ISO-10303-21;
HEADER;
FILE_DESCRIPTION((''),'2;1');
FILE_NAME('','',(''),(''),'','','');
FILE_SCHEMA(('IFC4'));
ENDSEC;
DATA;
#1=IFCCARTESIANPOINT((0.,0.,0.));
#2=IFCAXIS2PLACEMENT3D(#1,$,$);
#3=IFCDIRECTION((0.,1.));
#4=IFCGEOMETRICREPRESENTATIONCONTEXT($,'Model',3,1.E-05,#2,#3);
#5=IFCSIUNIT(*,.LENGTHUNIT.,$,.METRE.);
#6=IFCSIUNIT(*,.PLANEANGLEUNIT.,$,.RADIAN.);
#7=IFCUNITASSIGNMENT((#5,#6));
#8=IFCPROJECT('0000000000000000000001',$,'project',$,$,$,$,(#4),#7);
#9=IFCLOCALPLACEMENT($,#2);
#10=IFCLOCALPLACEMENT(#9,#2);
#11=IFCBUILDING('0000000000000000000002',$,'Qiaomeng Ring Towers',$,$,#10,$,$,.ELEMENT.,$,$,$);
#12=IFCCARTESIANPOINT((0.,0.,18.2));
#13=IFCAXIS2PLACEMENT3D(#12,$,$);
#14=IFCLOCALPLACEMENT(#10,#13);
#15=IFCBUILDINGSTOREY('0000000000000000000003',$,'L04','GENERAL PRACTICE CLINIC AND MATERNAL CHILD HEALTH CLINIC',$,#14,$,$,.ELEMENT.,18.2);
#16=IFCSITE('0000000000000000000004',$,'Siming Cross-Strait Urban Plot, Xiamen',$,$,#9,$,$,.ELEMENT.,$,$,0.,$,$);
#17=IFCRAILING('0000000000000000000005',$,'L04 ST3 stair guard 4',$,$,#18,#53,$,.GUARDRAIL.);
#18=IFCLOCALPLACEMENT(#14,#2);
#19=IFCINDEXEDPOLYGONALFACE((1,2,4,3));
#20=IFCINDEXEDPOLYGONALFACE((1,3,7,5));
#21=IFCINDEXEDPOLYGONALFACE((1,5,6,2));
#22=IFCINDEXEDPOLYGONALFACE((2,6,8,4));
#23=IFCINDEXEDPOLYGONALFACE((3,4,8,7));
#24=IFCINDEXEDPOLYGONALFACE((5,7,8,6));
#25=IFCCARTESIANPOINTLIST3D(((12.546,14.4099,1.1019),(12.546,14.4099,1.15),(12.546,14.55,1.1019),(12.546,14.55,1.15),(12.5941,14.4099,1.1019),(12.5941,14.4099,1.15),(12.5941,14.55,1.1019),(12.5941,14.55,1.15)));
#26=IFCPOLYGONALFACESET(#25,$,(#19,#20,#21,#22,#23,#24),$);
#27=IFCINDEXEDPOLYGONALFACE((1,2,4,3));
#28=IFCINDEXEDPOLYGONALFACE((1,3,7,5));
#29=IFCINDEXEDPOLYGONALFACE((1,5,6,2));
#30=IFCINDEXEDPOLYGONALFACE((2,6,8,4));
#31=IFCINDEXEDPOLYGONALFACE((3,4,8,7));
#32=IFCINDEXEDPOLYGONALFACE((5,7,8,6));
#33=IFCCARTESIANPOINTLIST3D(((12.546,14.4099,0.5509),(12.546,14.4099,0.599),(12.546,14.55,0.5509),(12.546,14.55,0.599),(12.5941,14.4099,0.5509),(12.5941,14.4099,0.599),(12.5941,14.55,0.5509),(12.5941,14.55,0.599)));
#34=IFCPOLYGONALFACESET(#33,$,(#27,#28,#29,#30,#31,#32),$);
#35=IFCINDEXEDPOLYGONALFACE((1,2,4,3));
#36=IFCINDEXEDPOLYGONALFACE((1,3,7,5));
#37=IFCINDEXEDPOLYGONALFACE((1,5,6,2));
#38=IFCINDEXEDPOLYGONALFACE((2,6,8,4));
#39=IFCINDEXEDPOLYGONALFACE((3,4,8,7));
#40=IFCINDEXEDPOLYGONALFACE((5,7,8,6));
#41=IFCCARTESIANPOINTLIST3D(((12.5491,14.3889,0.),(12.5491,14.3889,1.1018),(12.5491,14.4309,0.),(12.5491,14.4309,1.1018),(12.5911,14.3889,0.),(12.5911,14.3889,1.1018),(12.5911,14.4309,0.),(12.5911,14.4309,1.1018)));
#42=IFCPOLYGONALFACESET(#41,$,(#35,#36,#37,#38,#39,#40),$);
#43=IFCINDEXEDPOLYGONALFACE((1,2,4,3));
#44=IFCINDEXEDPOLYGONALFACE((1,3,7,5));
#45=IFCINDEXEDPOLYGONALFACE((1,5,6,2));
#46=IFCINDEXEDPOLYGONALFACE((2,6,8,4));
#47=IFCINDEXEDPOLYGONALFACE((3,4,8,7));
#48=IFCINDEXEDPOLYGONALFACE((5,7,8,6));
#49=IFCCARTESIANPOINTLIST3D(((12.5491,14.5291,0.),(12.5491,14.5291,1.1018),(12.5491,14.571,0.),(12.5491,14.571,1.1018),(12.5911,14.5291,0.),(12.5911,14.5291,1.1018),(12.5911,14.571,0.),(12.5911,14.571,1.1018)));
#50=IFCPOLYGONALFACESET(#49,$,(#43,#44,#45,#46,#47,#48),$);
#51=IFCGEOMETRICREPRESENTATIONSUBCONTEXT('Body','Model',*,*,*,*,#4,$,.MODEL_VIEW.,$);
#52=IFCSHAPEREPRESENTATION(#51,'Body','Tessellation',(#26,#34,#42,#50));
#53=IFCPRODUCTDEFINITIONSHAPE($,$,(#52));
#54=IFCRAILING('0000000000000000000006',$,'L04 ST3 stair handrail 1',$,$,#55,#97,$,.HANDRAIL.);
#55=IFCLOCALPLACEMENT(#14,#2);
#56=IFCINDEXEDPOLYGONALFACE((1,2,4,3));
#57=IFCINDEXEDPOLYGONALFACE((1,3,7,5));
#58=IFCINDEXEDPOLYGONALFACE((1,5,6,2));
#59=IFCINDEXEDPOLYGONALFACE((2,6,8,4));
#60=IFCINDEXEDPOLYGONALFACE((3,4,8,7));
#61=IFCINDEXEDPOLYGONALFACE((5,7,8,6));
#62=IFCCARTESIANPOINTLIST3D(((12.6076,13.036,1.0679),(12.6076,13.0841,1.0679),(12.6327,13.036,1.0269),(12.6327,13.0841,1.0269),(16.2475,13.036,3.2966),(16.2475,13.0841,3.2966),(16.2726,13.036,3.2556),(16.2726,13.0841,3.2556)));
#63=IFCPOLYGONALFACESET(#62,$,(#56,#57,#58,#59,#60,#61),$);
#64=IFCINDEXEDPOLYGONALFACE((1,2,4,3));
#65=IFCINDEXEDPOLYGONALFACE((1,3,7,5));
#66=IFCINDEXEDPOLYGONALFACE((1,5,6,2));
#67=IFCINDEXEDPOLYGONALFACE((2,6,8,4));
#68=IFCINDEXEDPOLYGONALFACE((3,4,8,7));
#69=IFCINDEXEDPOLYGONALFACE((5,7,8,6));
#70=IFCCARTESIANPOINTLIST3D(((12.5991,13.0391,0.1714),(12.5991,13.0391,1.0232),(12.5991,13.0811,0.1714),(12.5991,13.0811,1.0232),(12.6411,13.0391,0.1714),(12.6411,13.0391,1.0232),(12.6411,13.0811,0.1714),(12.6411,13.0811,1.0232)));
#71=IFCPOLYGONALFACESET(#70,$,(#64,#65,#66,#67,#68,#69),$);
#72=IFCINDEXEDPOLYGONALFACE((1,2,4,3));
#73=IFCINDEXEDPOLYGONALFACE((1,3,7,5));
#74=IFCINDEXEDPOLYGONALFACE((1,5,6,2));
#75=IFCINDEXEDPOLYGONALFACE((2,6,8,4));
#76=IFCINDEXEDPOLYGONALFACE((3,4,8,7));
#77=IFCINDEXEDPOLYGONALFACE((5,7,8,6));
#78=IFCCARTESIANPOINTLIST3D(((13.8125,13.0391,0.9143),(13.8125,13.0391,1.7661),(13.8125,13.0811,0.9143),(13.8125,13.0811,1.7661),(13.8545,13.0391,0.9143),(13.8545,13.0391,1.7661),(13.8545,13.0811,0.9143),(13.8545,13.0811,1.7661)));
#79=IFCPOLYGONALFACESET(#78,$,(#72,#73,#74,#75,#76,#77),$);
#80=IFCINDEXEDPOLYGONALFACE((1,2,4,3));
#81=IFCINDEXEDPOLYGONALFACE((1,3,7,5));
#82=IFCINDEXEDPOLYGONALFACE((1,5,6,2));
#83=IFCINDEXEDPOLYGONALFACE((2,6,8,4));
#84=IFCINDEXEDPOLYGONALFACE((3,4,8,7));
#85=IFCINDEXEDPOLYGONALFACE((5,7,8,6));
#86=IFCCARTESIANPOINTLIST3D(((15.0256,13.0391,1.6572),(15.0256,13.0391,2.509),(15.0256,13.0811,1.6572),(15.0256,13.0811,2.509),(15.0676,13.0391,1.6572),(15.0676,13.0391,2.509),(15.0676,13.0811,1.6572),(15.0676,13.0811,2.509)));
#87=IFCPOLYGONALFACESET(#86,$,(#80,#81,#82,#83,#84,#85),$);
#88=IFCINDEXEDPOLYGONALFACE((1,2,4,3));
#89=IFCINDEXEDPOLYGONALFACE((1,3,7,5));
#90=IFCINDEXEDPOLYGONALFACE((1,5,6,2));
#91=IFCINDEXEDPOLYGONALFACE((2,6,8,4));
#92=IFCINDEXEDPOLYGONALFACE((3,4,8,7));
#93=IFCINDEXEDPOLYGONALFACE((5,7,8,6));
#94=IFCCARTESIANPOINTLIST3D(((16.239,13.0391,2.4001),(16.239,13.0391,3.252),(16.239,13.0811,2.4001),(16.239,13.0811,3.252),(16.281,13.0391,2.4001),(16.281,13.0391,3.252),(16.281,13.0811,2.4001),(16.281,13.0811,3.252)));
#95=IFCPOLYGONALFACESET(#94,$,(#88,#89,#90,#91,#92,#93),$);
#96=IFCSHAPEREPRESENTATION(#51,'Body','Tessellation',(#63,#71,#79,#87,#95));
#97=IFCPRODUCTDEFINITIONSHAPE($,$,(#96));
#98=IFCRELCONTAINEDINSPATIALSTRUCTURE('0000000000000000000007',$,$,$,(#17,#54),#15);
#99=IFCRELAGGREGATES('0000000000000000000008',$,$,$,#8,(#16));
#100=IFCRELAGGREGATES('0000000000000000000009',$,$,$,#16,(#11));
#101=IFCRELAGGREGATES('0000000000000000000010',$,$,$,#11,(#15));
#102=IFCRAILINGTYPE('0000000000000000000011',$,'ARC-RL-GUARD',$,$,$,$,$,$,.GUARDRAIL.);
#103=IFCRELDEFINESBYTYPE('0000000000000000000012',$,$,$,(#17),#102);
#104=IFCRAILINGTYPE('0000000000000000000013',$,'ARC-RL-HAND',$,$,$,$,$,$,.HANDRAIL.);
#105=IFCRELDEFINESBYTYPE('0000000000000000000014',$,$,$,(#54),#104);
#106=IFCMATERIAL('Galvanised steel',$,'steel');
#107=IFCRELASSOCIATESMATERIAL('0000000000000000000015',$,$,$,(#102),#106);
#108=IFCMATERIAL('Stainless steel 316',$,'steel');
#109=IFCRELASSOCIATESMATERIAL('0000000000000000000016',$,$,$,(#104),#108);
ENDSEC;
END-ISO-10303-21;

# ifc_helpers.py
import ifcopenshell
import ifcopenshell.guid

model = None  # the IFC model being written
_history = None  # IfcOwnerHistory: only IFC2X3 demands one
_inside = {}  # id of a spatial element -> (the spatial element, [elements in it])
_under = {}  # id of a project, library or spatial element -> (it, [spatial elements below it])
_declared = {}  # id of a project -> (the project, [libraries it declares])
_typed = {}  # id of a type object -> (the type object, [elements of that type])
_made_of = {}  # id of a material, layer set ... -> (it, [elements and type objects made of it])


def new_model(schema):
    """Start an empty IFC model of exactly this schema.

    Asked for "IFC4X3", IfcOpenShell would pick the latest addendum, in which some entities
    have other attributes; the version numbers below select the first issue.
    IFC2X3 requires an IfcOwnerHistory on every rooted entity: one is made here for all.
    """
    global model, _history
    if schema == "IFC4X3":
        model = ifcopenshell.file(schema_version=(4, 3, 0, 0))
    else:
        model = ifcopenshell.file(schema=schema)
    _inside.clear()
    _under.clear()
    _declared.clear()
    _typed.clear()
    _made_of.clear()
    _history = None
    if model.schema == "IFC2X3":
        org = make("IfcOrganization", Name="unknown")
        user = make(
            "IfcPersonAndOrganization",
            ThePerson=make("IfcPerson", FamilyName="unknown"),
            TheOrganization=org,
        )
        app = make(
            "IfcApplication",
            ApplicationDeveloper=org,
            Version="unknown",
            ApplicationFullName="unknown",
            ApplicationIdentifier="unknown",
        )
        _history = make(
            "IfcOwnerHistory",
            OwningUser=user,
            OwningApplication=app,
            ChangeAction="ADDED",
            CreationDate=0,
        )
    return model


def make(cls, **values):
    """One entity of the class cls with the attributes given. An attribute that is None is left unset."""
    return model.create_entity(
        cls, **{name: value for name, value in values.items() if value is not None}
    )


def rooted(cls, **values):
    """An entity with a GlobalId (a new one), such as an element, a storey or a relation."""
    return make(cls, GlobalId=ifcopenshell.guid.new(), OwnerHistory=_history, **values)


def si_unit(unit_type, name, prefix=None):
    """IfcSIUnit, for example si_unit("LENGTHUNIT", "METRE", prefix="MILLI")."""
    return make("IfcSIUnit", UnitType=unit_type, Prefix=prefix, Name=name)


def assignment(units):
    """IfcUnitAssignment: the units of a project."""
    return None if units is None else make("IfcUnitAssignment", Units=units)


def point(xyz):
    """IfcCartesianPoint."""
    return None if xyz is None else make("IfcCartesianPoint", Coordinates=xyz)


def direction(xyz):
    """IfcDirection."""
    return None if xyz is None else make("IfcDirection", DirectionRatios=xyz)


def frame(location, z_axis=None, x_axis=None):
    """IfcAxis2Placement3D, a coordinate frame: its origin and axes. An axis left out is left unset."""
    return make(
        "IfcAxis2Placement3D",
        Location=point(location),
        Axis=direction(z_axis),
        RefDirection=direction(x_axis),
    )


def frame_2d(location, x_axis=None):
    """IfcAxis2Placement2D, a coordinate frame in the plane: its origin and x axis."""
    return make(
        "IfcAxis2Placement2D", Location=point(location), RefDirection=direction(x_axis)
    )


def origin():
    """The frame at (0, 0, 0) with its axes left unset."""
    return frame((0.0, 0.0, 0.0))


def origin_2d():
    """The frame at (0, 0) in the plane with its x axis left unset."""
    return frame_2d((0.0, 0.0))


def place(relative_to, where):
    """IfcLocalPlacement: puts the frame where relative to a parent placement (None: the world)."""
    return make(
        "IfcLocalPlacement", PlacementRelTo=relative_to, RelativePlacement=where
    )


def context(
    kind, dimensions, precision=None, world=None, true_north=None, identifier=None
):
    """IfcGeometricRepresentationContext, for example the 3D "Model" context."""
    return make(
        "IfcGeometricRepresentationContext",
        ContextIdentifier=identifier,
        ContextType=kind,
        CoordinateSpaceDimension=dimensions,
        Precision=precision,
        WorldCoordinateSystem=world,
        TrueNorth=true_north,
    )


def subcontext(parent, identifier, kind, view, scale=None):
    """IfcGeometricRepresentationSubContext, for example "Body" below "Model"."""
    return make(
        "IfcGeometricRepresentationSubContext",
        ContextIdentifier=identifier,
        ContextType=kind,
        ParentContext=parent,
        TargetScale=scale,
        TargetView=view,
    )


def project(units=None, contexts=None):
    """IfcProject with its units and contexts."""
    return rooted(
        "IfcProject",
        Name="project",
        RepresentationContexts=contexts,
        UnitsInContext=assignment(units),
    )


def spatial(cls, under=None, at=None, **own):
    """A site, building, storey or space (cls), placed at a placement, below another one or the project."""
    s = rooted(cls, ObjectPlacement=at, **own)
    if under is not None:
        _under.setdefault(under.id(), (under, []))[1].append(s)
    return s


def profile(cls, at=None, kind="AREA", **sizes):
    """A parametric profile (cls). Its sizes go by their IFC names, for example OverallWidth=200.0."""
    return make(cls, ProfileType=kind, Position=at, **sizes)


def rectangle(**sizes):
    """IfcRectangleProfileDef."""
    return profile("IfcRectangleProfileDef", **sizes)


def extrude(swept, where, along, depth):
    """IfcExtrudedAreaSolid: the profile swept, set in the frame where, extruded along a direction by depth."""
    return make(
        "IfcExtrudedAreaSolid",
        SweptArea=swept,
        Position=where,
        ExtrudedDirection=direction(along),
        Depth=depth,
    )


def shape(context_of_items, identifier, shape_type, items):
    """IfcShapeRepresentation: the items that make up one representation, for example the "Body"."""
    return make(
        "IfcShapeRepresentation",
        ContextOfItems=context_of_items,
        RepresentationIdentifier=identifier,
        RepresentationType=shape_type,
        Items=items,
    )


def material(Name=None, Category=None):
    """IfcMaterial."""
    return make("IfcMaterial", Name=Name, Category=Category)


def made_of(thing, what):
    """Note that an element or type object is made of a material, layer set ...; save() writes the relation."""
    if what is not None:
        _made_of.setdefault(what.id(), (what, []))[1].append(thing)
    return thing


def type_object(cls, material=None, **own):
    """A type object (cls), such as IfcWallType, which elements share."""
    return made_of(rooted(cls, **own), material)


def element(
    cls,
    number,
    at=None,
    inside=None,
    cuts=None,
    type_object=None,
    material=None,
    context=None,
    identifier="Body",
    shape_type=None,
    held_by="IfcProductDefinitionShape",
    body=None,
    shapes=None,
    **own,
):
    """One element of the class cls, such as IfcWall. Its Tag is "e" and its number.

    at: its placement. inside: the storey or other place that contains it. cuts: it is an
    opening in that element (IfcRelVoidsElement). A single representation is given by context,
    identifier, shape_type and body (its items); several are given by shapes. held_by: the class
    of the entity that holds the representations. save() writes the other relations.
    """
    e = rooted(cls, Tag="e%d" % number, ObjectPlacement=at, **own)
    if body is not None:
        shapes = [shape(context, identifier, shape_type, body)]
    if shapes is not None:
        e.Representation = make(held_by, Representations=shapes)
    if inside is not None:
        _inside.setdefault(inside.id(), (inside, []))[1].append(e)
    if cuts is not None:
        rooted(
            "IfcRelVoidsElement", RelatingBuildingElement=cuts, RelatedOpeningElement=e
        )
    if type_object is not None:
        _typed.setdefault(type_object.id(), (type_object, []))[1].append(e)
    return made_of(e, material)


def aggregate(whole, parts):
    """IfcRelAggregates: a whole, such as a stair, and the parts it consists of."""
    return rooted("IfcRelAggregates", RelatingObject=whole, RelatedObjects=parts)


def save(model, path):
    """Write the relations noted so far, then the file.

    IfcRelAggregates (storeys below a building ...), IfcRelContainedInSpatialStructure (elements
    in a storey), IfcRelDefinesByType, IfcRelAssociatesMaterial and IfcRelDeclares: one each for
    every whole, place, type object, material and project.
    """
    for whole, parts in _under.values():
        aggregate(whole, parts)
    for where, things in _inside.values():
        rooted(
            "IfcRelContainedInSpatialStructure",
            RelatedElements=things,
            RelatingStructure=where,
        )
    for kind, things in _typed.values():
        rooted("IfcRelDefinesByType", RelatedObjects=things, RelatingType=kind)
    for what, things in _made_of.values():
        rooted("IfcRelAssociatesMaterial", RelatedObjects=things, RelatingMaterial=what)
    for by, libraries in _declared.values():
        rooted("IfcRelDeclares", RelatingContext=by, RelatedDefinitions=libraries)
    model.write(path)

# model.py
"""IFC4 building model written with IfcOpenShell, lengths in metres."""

from ifc_helpers import new_model, si_unit, direction, frame, origin, origin_2d, place, context, subcontext, project, spatial, rectangle, extrude, material, type_object, element, save


model = new_model("IFC4")

# Units and contexts
model_context = context("Model", 3, precision=1e-05, world=origin(), true_north=direction((0.0, 1.0)))
body_context = subcontext(model_context, "Body", "Model", "MODEL_VIEW")
ifc_project = project(units=[si_unit("LENGTHUNIT", "METRE"), si_unit("PLANEANGLEUNIT", "RADIAN")], contexts=[model_context])

# Site, building, storey
site_placement = place(None, origin())
site = spatial("IfcSite", under=ifc_project, at=site_placement, Name="Siming Cross-Strait Urban Plot, Xiamen", CompositionType="ELEMENT", RefElevation=0.0)
building_placement = place(site_placement, origin())
building = spatial("IfcBuilding", under=site, at=building_placement, Name="Qiaomeng Ring Towers", CompositionType="ELEMENT")
storey_placement = place(building_placement, frame((0.0, 0.0, 18.2)))
storey = spatial("IfcBuildingStorey", under=building, at=storey_placement, Name="L04", Description="GENERAL PRACTICE CLINIC AND MATERNAL CHILD HEALTH CLINIC", CompositionType="ELEMENT", Elevation=18.2)

# Shared definitions
ifc_material_1 = material(Name="Galvanised steel", Category="steel")

# Railings
railing_type_1 = type_object("IfcRailingType", Name="ARC-RL-GUARD", PredefinedType="GUARDRAIL", material=ifc_material_1)
railing_1_placement = place(storey_placement, frame((12.5701, 14.4099, 0.0)))
element("IfcRailing", 1, at=railing_1_placement, inside=storey, type_object=railing_type_1, Name="L04 ST3 stair guard 4", PredefinedType="GUARDRAIL", context=body_context, shape_type="SweptSolid", body=[
    extrude(rectangle(XDim=0.0481, YDim=0.0481, at=origin_2d()), frame((0.0, 0.0, 1.126), z_axis=(0.0, 1.0, 0.0), x_axis=(-1.0, 0.0, 0.0)), (0.0, 0.0, 1.0), 0.1401),
    extrude(rectangle(XDim=0.0481, YDim=0.0481, at=origin_2d()), frame((0.0, 0.0, 0.575), z_axis=(0.0, 1.0, 0.0), x_axis=(-1.0, 0.0, 0.0)), (0.0, 0.0, 1.0), 0.1401),
    extrude(rectangle(XDim=0.042, YDim=0.042, at=origin_2d()), origin(), (0.0, 0.0, 1.0), 1.1018),
    extrude(rectangle(XDim=0.042, YDim=0.042, at=origin_2d()), frame((0.0, 0.1401, 0.0)), (0.0, 0.0, 1.0), 1.1018),
])
ifc_material_2 = material(Name="Stainless steel 316", Category="steel")
railing_type_2 = type_object("IfcRailingType", Name="ARC-RL-HAND", PredefinedType="HANDRAIL", material=ifc_material_2)
railing_2_placement = place(storey_placement, frame((12.6201, 13.0601, 0.1714)))
element("IfcRailing", 2, at=railing_2_placement, inside=storey, type_object=railing_type_2, Name="L04 ST3 stair handrail 1", PredefinedType="HANDRAIL", context=body_context, shape_type="SweptSolid", body=[
    extrude(rectangle(XDim=0.0481, YDim=0.0481, at=origin_2d()), frame((0.0, 0.0, 0.876), z_axis=(0.852825, 0.0, 0.522197), x_axis=(0.0, 1.0, 0.0)), (0.0, 0.0, 1.0), 4.2681),
    extrude(rectangle(XDim=0.042, YDim=0.042, at=origin_2d()), origin(), (0.0, 0.0, 1.0), 0.8518),
    extrude(rectangle(XDim=0.042, YDim=0.042, at=origin_2d()), frame((1.2134, 0.0, 0.7429)), (0.0, 0.0, 1.0), 0.8518),
    extrude(rectangle(XDim=0.042, YDim=0.042, at=origin_2d()), frame((2.4265, 0.0, 1.4858)), (0.0, 0.0, 1.0), 0.8518),
    extrude(rectangle(XDim=0.042, YDim=0.042, at=origin_2d()), frame((3.6399, 0.0, 2.2288)), (0.0, 0.0, 1.0), 0.8518),
])

save(model, "model.ifc")
